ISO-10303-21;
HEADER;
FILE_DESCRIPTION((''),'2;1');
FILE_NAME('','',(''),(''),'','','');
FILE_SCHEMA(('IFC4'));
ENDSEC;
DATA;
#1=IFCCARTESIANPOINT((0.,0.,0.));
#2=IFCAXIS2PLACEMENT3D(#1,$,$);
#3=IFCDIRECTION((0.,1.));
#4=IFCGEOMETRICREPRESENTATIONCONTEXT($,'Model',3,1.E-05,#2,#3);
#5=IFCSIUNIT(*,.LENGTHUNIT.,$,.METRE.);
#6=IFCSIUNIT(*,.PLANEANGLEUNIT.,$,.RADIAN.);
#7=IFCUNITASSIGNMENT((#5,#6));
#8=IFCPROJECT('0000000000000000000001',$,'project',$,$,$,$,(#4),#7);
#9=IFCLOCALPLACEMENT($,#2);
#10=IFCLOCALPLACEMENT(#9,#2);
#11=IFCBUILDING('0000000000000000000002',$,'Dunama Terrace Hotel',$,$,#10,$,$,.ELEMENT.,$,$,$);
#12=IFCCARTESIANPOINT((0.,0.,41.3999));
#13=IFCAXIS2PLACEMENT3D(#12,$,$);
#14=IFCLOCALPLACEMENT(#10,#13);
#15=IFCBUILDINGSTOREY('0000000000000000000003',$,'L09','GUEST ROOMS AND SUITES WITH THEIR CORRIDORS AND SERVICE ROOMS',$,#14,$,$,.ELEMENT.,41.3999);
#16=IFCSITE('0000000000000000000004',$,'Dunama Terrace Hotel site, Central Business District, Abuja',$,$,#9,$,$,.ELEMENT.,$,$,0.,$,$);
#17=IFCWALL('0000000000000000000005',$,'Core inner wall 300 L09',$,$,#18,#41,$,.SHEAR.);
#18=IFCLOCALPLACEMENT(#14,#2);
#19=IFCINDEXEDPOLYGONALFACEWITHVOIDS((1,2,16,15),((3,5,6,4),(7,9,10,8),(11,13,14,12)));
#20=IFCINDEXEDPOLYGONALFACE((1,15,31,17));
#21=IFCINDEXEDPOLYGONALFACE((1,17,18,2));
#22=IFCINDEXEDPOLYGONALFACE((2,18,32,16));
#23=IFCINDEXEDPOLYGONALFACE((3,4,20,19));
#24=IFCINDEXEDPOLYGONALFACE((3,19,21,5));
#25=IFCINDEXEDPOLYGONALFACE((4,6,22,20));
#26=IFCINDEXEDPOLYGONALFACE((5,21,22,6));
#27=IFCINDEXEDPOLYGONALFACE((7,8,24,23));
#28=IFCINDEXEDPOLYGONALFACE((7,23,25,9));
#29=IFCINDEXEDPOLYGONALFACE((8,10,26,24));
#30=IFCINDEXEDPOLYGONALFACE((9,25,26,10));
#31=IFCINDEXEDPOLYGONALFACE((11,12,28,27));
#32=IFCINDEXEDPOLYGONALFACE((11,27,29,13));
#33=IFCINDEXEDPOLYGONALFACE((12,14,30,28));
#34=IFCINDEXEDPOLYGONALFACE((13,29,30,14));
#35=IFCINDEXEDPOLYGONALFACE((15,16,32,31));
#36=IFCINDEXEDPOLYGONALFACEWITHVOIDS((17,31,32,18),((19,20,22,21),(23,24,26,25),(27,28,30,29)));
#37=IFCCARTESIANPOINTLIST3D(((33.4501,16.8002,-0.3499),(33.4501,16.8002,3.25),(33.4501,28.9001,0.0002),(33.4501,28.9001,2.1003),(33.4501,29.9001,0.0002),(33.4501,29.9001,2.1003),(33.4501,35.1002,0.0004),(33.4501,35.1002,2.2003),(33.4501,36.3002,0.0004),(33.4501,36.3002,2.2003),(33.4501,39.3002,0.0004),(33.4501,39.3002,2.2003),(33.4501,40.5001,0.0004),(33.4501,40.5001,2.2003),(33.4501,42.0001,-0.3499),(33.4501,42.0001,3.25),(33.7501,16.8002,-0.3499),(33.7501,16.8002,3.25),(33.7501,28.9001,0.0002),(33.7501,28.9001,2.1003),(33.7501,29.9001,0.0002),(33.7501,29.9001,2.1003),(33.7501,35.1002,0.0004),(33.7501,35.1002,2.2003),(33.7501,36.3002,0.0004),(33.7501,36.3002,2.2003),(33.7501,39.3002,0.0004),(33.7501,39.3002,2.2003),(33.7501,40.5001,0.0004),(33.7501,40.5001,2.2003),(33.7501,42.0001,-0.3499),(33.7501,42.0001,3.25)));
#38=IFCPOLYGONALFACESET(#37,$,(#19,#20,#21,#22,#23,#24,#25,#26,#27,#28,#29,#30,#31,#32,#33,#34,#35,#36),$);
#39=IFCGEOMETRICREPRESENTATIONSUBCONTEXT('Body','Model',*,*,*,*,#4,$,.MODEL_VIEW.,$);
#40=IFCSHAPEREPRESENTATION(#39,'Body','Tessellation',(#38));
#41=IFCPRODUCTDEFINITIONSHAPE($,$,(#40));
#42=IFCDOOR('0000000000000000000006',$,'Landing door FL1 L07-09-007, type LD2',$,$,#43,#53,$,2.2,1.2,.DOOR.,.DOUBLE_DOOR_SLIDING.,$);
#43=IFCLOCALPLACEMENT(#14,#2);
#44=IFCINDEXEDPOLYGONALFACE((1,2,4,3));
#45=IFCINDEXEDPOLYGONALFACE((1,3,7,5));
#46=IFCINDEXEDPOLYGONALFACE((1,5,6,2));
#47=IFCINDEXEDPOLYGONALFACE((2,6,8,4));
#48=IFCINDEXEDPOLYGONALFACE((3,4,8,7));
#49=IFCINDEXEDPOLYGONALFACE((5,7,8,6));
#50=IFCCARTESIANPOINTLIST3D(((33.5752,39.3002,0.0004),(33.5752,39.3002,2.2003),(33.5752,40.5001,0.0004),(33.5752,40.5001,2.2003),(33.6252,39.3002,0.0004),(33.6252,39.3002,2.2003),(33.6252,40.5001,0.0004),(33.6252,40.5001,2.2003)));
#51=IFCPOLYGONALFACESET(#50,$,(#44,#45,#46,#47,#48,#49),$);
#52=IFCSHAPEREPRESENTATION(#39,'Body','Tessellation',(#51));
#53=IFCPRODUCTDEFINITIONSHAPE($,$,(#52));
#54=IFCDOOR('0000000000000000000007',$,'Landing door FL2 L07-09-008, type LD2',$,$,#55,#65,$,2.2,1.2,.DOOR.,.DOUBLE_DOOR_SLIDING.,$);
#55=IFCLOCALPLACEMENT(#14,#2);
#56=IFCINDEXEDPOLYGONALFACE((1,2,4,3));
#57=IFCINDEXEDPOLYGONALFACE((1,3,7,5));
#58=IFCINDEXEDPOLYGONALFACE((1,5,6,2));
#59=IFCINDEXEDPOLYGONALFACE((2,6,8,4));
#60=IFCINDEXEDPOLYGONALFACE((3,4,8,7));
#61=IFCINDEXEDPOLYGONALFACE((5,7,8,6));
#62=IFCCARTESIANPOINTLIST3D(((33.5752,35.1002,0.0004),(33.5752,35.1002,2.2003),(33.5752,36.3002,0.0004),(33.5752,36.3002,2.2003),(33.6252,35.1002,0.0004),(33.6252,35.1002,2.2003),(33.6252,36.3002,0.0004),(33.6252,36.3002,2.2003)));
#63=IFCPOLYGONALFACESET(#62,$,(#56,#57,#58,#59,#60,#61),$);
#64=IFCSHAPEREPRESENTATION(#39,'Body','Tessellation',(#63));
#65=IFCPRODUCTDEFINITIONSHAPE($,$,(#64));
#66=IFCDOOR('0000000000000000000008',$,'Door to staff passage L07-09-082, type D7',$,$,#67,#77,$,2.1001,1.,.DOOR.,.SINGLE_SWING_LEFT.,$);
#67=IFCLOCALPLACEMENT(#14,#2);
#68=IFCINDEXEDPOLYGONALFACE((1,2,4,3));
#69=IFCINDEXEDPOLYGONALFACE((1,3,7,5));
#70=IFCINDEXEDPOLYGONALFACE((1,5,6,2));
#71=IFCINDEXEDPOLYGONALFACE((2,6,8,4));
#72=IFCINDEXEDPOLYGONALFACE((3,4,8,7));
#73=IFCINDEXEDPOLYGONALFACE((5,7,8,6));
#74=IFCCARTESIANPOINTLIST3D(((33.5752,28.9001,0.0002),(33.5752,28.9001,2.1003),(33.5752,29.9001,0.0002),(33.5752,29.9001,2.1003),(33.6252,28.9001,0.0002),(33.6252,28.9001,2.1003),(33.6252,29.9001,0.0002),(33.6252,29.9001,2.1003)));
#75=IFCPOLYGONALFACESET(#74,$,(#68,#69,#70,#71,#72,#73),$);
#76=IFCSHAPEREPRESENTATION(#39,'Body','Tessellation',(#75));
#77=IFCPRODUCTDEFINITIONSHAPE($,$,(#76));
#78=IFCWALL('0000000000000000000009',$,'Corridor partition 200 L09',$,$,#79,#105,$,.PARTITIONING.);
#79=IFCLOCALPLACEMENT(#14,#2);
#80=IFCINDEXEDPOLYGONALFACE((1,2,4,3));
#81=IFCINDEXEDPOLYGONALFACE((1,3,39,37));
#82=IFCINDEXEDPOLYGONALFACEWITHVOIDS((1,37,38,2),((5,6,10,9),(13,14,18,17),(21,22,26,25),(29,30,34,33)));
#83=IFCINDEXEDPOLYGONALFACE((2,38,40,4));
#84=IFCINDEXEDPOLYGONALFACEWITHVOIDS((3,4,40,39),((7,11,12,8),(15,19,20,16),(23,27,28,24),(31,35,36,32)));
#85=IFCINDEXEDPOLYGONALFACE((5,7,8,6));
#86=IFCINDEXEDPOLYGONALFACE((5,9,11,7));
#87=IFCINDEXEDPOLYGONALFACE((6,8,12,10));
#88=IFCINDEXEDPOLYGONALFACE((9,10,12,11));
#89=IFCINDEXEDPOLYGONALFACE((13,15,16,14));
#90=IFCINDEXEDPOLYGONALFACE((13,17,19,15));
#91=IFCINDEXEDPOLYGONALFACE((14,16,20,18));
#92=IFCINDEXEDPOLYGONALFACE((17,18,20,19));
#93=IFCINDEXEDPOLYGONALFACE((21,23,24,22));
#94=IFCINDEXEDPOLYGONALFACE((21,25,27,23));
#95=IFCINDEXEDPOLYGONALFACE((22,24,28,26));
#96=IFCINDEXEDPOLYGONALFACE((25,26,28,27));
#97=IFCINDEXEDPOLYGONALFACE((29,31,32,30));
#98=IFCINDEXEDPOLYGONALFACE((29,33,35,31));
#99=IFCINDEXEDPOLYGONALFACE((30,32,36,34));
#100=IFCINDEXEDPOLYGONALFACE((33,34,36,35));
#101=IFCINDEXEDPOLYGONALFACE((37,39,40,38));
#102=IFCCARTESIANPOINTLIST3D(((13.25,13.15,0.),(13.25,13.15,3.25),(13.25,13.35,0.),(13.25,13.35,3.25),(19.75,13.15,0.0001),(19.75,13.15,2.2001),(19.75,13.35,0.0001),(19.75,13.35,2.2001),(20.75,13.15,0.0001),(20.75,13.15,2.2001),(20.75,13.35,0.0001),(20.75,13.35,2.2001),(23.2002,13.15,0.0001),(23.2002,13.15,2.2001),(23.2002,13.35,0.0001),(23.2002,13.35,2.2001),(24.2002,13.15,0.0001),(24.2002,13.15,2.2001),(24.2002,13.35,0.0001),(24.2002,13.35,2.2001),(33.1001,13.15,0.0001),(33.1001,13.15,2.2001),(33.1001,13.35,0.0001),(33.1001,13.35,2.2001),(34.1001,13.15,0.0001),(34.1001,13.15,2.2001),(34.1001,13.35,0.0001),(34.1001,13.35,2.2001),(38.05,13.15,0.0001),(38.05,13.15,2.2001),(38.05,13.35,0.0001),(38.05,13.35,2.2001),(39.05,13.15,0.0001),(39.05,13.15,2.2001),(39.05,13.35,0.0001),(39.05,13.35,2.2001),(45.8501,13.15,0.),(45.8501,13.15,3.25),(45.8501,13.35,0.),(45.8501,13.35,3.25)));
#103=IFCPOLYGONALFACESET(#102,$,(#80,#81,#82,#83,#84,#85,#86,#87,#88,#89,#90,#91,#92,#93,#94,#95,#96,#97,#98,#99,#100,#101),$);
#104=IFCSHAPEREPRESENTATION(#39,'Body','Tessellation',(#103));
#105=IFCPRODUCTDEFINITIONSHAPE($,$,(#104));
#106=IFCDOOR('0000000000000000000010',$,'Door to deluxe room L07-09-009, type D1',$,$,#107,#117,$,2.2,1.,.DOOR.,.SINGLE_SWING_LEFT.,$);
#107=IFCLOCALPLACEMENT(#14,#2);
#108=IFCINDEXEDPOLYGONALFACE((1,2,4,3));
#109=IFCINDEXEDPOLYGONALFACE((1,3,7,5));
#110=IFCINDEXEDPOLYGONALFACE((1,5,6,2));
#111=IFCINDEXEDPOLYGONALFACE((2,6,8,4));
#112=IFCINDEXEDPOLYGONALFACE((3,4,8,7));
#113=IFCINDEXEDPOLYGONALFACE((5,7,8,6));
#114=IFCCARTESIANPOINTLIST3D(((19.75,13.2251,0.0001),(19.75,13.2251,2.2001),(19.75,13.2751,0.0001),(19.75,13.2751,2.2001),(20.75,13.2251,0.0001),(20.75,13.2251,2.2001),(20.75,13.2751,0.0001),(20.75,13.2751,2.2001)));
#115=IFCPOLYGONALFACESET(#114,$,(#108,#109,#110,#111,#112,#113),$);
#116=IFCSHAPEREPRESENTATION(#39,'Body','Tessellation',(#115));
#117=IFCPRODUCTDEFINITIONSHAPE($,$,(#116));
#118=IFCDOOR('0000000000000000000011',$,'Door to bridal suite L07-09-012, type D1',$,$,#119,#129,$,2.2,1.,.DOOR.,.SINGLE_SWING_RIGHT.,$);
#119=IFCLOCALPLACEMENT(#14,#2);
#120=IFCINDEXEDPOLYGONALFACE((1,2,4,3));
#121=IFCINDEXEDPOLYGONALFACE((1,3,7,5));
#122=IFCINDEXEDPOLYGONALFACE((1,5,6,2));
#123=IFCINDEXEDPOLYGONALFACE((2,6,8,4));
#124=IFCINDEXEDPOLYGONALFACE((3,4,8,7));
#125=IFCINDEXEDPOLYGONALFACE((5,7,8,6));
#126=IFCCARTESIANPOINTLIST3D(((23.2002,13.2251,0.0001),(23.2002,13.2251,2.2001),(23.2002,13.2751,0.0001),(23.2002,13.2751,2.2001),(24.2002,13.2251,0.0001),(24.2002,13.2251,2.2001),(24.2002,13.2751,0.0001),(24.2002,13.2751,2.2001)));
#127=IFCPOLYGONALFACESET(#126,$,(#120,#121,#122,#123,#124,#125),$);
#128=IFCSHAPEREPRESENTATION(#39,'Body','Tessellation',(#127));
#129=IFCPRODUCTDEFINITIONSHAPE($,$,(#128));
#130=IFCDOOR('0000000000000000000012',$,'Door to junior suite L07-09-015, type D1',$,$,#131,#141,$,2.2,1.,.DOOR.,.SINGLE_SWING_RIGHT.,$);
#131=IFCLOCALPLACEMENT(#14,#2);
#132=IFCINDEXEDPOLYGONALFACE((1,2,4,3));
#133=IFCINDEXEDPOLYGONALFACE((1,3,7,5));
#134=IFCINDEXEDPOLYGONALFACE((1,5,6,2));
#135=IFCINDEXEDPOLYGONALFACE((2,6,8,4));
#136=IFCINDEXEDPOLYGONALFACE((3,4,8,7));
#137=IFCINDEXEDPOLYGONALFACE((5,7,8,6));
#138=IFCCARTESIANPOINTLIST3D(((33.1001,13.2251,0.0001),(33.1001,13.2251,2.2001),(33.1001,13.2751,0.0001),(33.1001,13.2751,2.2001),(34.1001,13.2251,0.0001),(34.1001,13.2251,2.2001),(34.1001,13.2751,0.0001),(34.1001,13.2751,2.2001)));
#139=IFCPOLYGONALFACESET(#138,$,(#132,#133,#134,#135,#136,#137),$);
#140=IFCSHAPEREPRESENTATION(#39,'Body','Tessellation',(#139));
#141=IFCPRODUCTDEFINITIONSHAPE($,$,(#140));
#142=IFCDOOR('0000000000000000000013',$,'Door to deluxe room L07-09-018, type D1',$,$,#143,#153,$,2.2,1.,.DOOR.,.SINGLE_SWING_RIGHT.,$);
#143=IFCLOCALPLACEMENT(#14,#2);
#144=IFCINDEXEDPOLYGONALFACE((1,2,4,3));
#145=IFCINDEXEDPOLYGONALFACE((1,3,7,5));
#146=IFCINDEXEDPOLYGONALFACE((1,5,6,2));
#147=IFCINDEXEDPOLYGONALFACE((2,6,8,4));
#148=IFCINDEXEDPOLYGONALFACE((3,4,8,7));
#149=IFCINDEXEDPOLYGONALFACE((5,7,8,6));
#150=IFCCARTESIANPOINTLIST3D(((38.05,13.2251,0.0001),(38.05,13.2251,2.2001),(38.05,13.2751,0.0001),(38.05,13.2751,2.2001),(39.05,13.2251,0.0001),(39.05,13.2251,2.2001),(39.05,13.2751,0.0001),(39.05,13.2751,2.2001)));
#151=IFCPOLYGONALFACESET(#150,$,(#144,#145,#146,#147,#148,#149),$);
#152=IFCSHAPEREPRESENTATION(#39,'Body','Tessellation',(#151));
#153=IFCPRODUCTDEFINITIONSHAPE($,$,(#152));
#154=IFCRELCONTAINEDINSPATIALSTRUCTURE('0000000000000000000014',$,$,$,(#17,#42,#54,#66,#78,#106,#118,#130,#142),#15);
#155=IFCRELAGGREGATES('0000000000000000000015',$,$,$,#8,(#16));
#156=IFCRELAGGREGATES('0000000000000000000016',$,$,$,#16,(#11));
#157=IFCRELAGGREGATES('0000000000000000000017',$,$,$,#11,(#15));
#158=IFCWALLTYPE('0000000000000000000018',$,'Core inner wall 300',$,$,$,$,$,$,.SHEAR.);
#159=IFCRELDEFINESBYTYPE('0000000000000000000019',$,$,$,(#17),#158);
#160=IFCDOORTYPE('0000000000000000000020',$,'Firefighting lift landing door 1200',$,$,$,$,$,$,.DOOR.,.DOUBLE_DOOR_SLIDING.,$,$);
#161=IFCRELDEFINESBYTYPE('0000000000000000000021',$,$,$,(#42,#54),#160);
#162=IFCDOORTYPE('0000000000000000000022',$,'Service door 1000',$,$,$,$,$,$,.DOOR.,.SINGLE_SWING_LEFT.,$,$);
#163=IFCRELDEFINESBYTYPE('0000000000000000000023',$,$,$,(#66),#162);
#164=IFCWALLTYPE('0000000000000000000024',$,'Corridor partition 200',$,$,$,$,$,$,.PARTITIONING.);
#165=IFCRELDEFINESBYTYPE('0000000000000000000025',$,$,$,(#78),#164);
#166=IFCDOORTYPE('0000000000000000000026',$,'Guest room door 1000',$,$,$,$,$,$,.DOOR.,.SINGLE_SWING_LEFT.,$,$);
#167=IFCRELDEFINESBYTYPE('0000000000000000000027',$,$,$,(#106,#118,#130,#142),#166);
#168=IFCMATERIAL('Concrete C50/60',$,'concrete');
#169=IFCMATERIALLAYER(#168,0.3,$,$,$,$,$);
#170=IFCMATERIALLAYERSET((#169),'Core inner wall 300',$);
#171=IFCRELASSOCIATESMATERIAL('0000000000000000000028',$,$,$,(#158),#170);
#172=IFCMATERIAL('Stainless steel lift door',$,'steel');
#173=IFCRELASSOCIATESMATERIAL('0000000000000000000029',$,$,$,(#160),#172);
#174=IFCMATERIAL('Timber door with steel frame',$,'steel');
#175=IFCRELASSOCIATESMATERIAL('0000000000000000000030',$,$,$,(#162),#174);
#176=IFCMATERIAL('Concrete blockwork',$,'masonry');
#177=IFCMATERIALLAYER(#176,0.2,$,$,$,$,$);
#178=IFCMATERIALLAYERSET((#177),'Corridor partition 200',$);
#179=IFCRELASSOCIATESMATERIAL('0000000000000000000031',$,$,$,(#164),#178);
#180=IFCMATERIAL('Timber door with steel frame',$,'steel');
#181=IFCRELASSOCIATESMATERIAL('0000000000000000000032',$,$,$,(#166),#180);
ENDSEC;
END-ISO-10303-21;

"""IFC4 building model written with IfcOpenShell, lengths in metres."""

from ifc_helpers import new_model, si_unit, direction, frame, frame_2d, origin, place, context, subcontext, project, spatial, rectangle, extrude, material, layer, layer_set, type_object, element, fill, save


model = new_model("IFC4")

# Units and contexts
model_context = context("Model", 3, precision=1e-05, world=origin(), true_north=direction((0.0, 1.0)))
body_context = subcontext(model_context, "Body", "Model", "MODEL_VIEW")
ifc_project = project(units=[si_unit("LENGTHUNIT", "METRE"), si_unit("PLANEANGLEUNIT", "RADIAN")], contexts=[model_context])

# Site, building, storey
site_placement = place(None, origin())
site = spatial("IfcSite", under=ifc_project, at=site_placement, Name="Dunama Terrace Hotel site, Central Business District, Abuja", CompositionType="ELEMENT", RefElevation=0.0)
building_placement = place(site_placement, origin())
building = spatial("IfcBuilding", under=site, at=building_placement, Name="Dunama Terrace Hotel", CompositionType="ELEMENT")
storey_placement = place(building_placement, frame((0.0, 0.0, 41.3999)))
storey = spatial("IfcBuildingStorey", under=building, at=storey_placement, Name="L09", Description="GUEST ROOMS AND SUITES WITH THEIR CORRIDORS AND SERVICE ROOMS", CompositionType="ELEMENT", Elevation=41.3999)

# Walls, openings, doors
ifc_material_1 = material(Name="Concrete C50/60", Category="concrete")
ifc_layer_1 = layer(ifc_material_1, 0.3)
ifc_layer_set_1 = layer_set([ifc_layer_1], Name="Core inner wall 300")
wall_type_1 = type_object("IfcWallType", Name="Core inner wall 300", PredefinedType="SHEAR", material=ifc_layer_set_1)
wall_1_placement = place(storey_placement, frame((33.6001, 16.8, -0.3499), z_axis=(0.0, 0.0, 1.0), x_axis=(0.0, 1.0, 0.0)))
wall_1 = element("IfcWall", 1, at=wall_1_placement, inside=storey, type_object=wall_type_1, Name="Core inner wall 300 L09", PredefinedType="SHEAR", context=body_context, shape_type="SweptSolid", body=[
    extrude(rectangle(XDim=25.2, YDim=0.3, at=frame_2d((12.6001, 0.0))), origin(), (0.0, 0.0, 1.0), 3.5999),
])
opening_1_placement = place(wall_1_placement, frame((22.5, 0.0, 0.3501)))
opening_1 = element("IfcOpeningElement", 2, at=opening_1_placement, cuts=wall_1, PredefinedType="OPENING", context=body_context, shape_type="SweptSolid", body=[
    extrude(rectangle(XDim=1.2, YDim=2.2, at=frame_2d((0.6001, 1.1001))), frame((0.0, 0.1599, 0.0), z_axis=(0.0, -1.0, 0.0), x_axis=(1.0, 0.0, 0.0)), (0.0, 0.0, 1.0), 0.3201),
])
opening_2_placement = place(wall_1_placement, frame((18.3, 0.0, 0.3501)))
opening_2 = element("IfcOpeningElement", 3, at=opening_2_placement, cuts=wall_1, PredefinedType="OPENING", context=body_context, shape_type="SweptSolid", body=[
    extrude(rectangle(XDim=1.2, YDim=2.2, at=frame_2d((0.6001, 1.1001))), frame((0.0, 0.1599, 0.0), z_axis=(0.0, -1.0, 0.0), x_axis=(1.0, 0.0, 0.0)), (0.0, 0.0, 1.0), 0.3201),
])
opening_3_placement = place(wall_1_placement, frame((12.1001, 0.0, 0.3501)))
opening_3 = element("IfcOpeningElement", 4, at=opening_3_placement, cuts=wall_1, PredefinedType="OPENING", context=body_context, shape_type="SweptSolid", body=[
    extrude(rectangle(XDim=1.0, YDim=2.1001, at=frame_2d((0.5, 1.05))), frame((0.0, 0.1599, 0.0), z_axis=(0.0, -1.0, 0.0), x_axis=(1.0, 0.0, 0.0)), (0.0, 0.0, 1.0), 0.3201),
])
ifc_material_2 = material(Name="Stainless steel lift door", Category="steel")
door_type_1 = type_object("IfcDoorType", Name="Firefighting lift landing door 1200", OperationType="DOUBLE_DOOR_SLIDING", PredefinedType="DOOR", material=ifc_material_2)
door_1_placement = place(opening_1_placement, origin())
door_1 = element("IfcDoor", 5, at=door_1_placement, inside=storey, type_object=door_type_1, Name="Landing door FL1 L07-09-007, type LD2", OperationType="DOUBLE_DOOR_SLIDING", OverallHeight=2.2, OverallWidth=1.2, PredefinedType="DOOR", context=body_context, shape_type="SweptSolid", body=[
    extrude(rectangle(XDim=1.2, YDim=2.2, at=frame_2d((0.6001, 1.1001))), frame((0.0, 0.0249, 0.0), z_axis=(0.0, -1.0, 0.0), x_axis=(1.0, 0.0, 0.0)), (0.0, 0.0, 1.0), 0.05),
])
fill(opening_1, door_1)
door_2_placement = place(opening_2_placement, origin())
door_2 = element("IfcDoor", 6, at=door_2_placement, inside=storey, type_object=door_type_1, Name="Landing door FL2 L07-09-008, type LD2", OperationType="DOUBLE_DOOR_SLIDING", OverallHeight=2.2, OverallWidth=1.2, PredefinedType="DOOR", context=body_context, shape_type="SweptSolid", body=[
    extrude(rectangle(XDim=1.2, YDim=2.2, at=frame_2d((0.6001, 1.1001))), frame((0.0, 0.0249, 0.0), z_axis=(0.0, -1.0, 0.0), x_axis=(1.0, 0.0, 0.0)), (0.0, 0.0, 1.0), 0.05),
])
fill(opening_2, door_2)
ifc_material_3 = material(Name="Timber door with steel frame", Category="steel")
door_type_2 = type_object("IfcDoorType", Name="Service door 1000", OperationType="SINGLE_SWING_LEFT", PredefinedType="DOOR", material=ifc_material_3)
door_3_placement = place(opening_3_placement, origin())
door_3 = element("IfcDoor", 7, at=door_3_placement, inside=storey, type_object=door_type_2, Name="Door to staff passage L07-09-082, type D7", OperationType="SINGLE_SWING_LEFT", OverallHeight=2.1001, OverallWidth=1.0, PredefinedType="DOOR", context=body_context, shape_type="SweptSolid", body=[
    extrude(rectangle(XDim=1.0, YDim=2.1001, at=frame_2d((0.5, 1.05))), frame((0.0, 0.0249, 0.0), z_axis=(0.0, -1.0, 0.0), x_axis=(1.0, 0.0, 0.0)), (0.0, 0.0, 1.0), 0.05),
])
fill(opening_3, door_3)
ifc_material_4 = material(Name="Concrete blockwork", Category="masonry")
ifc_layer_2 = layer(ifc_material_4, 0.2)
ifc_layer_set_2 = layer_set([ifc_layer_2], Name="Corridor partition 200")
wall_type_2 = type_object("IfcWallType", Name="Corridor partition 200", PredefinedType="PARTITIONING", material=ifc_layer_set_2)
wall_2_placement = place(storey_placement, frame((45.8501, 13.25, 0.0), z_axis=(0.0, 0.0, 1.0), x_axis=(-1.0, 0.0, 0.0)))
wall_2 = element("IfcWall", 8, at=wall_2_placement, inside=storey, type_object=wall_type_2, Name="Corridor partition 200 L09", PredefinedType="PARTITIONING", context=body_context, shape_type="SweptSolid", body=[
    extrude(rectangle(XDim=32.6001, YDim=0.2, at=frame_2d((16.3, 0.0))), origin(), (0.0, 0.0, 1.0), 3.25),
])
opening_4_placement = place(wall_2_placement, frame((25.1001, 0.0, 0.0)))
opening_4 = element("IfcOpeningElement", 9, at=opening_4_placement, cuts=wall_2, PredefinedType="OPENING", context=body_context, shape_type="SweptSolid", body=[
    extrude(rectangle(XDim=1.0, YDim=2.2, at=frame_2d((0.5, 1.1001))), frame((0.0, 0.1099, 0.0), z_axis=(0.0, -1.0, 0.0), x_axis=(1.0, 0.0, 0.0)), (0.0, 0.0, 1.0), 0.22),
])
opening_5_placement = place(wall_2_placement, frame((21.6499, 0.0, 0.0)))
opening_5 = element("IfcOpeningElement", 10, at=opening_5_placement, cuts=wall_2, PredefinedType="OPENING", context=body_context, shape_type="SweptSolid", body=[
    extrude(rectangle(XDim=1.0, YDim=2.2, at=frame_2d((0.5, 1.1001))), frame((0.0, 0.1099, 0.0), z_axis=(0.0, -1.0, 0.0), x_axis=(1.0, 0.0, 0.0)), (0.0, 0.0, 1.0), 0.22),
])
opening_6_placement = place(wall_2_placement, frame((11.75, 0.0, 0.0)))
opening_6 = element("IfcOpeningElement", 11, at=opening_6_placement, cuts=wall_2, PredefinedType="OPENING", context=body_context, shape_type="SweptSolid", body=[
    extrude(rectangle(XDim=1.0, YDim=2.2, at=frame_2d((0.5, 1.1001))), frame((0.0, 0.1099, 0.0), z_axis=(0.0, -1.0, 0.0), x_axis=(1.0, 0.0, 0.0)), (0.0, 0.0, 1.0), 0.22),
])
opening_7_placement = place(wall_2_placement, frame((6.8, 0.0, 0.0)))
opening_7 = element("IfcOpeningElement", 12, at=opening_7_placement, cuts=wall_2, PredefinedType="OPENING", context=body_context, shape_type="SweptSolid", body=[
    extrude(rectangle(XDim=1.0, YDim=2.2, at=frame_2d((0.5, 1.1001))), frame((0.0, 0.1099, 0.0), z_axis=(0.0, -1.0, 0.0), x_axis=(1.0, 0.0, 0.0)), (0.0, 0.0, 1.0), 0.22),
])
ifc_material_5 = material(Name="Timber door with steel frame", Category="steel")
door_type_3 = type_object("IfcDoorType", Name="Guest room door 1000", OperationType="SINGLE_SWING_LEFT", PredefinedType="DOOR", material=ifc_material_5)
door_4_placement = place(opening_4_placement, origin())
door_4 = element("IfcDoor", 13, at=door_4_placement, inside=storey, type_object=door_type_3, Name="Door to deluxe room L07-09-009, type D1", OperationType="SINGLE_SWING_LEFT", OverallHeight=2.2, OverallWidth=1.0, PredefinedType="DOOR", context=body_context, shape_type="SweptSolid", body=[
    extrude(rectangle(XDim=1.0, YDim=2.2, at=frame_2d((0.5, 1.1001))), frame((0.0, 0.0249, 0.0), z_axis=(0.0, -1.0, 0.0), x_axis=(1.0, 0.0, 0.0)), (0.0, 0.0, 1.0), 0.05),
])
fill(opening_4, door_4)
door_5_placement = place(opening_5_placement, origin())
door_5 = element("IfcDoor", 14, at=door_5_placement, inside=storey, type_object=door_type_3, Name="Door to bridal suite L07-09-012, type D1", OperationType="SINGLE_SWING_RIGHT", OverallHeight=2.2, OverallWidth=1.0, PredefinedType="DOOR", context=body_context, shape_type="SweptSolid", body=[
    extrude(rectangle(XDim=1.0, YDim=2.2, at=frame_2d((0.5, 1.1001))), frame((0.0, 0.0249, 0.0), z_axis=(0.0, -1.0, 0.0), x_axis=(1.0, 0.0, 0.0)), (0.0, 0.0, 1.0), 0.05),
])
fill(opening_5, door_5)
door_6_placement = place(opening_6_placement, origin())
door_6 = element("IfcDoor", 15, at=door_6_placement, inside=storey, type_object=door_type_3, Name="Door to junior suite L07-09-015, type D1", OperationType="SINGLE_SWING_RIGHT", OverallHeight=2.2, OverallWidth=1.0, PredefinedType="DOOR", context=body_context, shape_type="SweptSolid", body=[
    extrude(rectangle(XDim=1.0, YDim=2.2, at=frame_2d((0.5, 1.1001))), frame((0.0, 0.0249, 0.0), z_axis=(0.0, -1.0, 0.0), x_axis=(1.0, 0.0, 0.0)), (0.0, 0.0, 1.0), 0.05),
])
fill(opening_6, door_6)
door_7_placement = place(opening_7_placement, origin())
door_7 = element("IfcDoor", 16, at=door_7_placement, inside=storey, type_object=door_type_3, Name="Door to deluxe room L07-09-018, type D1", OperationType="SINGLE_SWING_RIGHT", OverallHeight=2.2, OverallWidth=1.0, PredefinedType="DOOR", context=body_context, shape_type="SweptSolid", body=[
    extrude(rectangle(XDim=1.0, YDim=2.2, at=frame_2d((0.5, 1.1001))), frame((0.0, 0.0249, 0.0), z_axis=(0.0, -1.0, 0.0), x_axis=(1.0, 0.0, 0.0)), (0.0, 0.0, 1.0), 0.05),
])
fill(opening_7, door_7)

save(model, "model.ifc")
